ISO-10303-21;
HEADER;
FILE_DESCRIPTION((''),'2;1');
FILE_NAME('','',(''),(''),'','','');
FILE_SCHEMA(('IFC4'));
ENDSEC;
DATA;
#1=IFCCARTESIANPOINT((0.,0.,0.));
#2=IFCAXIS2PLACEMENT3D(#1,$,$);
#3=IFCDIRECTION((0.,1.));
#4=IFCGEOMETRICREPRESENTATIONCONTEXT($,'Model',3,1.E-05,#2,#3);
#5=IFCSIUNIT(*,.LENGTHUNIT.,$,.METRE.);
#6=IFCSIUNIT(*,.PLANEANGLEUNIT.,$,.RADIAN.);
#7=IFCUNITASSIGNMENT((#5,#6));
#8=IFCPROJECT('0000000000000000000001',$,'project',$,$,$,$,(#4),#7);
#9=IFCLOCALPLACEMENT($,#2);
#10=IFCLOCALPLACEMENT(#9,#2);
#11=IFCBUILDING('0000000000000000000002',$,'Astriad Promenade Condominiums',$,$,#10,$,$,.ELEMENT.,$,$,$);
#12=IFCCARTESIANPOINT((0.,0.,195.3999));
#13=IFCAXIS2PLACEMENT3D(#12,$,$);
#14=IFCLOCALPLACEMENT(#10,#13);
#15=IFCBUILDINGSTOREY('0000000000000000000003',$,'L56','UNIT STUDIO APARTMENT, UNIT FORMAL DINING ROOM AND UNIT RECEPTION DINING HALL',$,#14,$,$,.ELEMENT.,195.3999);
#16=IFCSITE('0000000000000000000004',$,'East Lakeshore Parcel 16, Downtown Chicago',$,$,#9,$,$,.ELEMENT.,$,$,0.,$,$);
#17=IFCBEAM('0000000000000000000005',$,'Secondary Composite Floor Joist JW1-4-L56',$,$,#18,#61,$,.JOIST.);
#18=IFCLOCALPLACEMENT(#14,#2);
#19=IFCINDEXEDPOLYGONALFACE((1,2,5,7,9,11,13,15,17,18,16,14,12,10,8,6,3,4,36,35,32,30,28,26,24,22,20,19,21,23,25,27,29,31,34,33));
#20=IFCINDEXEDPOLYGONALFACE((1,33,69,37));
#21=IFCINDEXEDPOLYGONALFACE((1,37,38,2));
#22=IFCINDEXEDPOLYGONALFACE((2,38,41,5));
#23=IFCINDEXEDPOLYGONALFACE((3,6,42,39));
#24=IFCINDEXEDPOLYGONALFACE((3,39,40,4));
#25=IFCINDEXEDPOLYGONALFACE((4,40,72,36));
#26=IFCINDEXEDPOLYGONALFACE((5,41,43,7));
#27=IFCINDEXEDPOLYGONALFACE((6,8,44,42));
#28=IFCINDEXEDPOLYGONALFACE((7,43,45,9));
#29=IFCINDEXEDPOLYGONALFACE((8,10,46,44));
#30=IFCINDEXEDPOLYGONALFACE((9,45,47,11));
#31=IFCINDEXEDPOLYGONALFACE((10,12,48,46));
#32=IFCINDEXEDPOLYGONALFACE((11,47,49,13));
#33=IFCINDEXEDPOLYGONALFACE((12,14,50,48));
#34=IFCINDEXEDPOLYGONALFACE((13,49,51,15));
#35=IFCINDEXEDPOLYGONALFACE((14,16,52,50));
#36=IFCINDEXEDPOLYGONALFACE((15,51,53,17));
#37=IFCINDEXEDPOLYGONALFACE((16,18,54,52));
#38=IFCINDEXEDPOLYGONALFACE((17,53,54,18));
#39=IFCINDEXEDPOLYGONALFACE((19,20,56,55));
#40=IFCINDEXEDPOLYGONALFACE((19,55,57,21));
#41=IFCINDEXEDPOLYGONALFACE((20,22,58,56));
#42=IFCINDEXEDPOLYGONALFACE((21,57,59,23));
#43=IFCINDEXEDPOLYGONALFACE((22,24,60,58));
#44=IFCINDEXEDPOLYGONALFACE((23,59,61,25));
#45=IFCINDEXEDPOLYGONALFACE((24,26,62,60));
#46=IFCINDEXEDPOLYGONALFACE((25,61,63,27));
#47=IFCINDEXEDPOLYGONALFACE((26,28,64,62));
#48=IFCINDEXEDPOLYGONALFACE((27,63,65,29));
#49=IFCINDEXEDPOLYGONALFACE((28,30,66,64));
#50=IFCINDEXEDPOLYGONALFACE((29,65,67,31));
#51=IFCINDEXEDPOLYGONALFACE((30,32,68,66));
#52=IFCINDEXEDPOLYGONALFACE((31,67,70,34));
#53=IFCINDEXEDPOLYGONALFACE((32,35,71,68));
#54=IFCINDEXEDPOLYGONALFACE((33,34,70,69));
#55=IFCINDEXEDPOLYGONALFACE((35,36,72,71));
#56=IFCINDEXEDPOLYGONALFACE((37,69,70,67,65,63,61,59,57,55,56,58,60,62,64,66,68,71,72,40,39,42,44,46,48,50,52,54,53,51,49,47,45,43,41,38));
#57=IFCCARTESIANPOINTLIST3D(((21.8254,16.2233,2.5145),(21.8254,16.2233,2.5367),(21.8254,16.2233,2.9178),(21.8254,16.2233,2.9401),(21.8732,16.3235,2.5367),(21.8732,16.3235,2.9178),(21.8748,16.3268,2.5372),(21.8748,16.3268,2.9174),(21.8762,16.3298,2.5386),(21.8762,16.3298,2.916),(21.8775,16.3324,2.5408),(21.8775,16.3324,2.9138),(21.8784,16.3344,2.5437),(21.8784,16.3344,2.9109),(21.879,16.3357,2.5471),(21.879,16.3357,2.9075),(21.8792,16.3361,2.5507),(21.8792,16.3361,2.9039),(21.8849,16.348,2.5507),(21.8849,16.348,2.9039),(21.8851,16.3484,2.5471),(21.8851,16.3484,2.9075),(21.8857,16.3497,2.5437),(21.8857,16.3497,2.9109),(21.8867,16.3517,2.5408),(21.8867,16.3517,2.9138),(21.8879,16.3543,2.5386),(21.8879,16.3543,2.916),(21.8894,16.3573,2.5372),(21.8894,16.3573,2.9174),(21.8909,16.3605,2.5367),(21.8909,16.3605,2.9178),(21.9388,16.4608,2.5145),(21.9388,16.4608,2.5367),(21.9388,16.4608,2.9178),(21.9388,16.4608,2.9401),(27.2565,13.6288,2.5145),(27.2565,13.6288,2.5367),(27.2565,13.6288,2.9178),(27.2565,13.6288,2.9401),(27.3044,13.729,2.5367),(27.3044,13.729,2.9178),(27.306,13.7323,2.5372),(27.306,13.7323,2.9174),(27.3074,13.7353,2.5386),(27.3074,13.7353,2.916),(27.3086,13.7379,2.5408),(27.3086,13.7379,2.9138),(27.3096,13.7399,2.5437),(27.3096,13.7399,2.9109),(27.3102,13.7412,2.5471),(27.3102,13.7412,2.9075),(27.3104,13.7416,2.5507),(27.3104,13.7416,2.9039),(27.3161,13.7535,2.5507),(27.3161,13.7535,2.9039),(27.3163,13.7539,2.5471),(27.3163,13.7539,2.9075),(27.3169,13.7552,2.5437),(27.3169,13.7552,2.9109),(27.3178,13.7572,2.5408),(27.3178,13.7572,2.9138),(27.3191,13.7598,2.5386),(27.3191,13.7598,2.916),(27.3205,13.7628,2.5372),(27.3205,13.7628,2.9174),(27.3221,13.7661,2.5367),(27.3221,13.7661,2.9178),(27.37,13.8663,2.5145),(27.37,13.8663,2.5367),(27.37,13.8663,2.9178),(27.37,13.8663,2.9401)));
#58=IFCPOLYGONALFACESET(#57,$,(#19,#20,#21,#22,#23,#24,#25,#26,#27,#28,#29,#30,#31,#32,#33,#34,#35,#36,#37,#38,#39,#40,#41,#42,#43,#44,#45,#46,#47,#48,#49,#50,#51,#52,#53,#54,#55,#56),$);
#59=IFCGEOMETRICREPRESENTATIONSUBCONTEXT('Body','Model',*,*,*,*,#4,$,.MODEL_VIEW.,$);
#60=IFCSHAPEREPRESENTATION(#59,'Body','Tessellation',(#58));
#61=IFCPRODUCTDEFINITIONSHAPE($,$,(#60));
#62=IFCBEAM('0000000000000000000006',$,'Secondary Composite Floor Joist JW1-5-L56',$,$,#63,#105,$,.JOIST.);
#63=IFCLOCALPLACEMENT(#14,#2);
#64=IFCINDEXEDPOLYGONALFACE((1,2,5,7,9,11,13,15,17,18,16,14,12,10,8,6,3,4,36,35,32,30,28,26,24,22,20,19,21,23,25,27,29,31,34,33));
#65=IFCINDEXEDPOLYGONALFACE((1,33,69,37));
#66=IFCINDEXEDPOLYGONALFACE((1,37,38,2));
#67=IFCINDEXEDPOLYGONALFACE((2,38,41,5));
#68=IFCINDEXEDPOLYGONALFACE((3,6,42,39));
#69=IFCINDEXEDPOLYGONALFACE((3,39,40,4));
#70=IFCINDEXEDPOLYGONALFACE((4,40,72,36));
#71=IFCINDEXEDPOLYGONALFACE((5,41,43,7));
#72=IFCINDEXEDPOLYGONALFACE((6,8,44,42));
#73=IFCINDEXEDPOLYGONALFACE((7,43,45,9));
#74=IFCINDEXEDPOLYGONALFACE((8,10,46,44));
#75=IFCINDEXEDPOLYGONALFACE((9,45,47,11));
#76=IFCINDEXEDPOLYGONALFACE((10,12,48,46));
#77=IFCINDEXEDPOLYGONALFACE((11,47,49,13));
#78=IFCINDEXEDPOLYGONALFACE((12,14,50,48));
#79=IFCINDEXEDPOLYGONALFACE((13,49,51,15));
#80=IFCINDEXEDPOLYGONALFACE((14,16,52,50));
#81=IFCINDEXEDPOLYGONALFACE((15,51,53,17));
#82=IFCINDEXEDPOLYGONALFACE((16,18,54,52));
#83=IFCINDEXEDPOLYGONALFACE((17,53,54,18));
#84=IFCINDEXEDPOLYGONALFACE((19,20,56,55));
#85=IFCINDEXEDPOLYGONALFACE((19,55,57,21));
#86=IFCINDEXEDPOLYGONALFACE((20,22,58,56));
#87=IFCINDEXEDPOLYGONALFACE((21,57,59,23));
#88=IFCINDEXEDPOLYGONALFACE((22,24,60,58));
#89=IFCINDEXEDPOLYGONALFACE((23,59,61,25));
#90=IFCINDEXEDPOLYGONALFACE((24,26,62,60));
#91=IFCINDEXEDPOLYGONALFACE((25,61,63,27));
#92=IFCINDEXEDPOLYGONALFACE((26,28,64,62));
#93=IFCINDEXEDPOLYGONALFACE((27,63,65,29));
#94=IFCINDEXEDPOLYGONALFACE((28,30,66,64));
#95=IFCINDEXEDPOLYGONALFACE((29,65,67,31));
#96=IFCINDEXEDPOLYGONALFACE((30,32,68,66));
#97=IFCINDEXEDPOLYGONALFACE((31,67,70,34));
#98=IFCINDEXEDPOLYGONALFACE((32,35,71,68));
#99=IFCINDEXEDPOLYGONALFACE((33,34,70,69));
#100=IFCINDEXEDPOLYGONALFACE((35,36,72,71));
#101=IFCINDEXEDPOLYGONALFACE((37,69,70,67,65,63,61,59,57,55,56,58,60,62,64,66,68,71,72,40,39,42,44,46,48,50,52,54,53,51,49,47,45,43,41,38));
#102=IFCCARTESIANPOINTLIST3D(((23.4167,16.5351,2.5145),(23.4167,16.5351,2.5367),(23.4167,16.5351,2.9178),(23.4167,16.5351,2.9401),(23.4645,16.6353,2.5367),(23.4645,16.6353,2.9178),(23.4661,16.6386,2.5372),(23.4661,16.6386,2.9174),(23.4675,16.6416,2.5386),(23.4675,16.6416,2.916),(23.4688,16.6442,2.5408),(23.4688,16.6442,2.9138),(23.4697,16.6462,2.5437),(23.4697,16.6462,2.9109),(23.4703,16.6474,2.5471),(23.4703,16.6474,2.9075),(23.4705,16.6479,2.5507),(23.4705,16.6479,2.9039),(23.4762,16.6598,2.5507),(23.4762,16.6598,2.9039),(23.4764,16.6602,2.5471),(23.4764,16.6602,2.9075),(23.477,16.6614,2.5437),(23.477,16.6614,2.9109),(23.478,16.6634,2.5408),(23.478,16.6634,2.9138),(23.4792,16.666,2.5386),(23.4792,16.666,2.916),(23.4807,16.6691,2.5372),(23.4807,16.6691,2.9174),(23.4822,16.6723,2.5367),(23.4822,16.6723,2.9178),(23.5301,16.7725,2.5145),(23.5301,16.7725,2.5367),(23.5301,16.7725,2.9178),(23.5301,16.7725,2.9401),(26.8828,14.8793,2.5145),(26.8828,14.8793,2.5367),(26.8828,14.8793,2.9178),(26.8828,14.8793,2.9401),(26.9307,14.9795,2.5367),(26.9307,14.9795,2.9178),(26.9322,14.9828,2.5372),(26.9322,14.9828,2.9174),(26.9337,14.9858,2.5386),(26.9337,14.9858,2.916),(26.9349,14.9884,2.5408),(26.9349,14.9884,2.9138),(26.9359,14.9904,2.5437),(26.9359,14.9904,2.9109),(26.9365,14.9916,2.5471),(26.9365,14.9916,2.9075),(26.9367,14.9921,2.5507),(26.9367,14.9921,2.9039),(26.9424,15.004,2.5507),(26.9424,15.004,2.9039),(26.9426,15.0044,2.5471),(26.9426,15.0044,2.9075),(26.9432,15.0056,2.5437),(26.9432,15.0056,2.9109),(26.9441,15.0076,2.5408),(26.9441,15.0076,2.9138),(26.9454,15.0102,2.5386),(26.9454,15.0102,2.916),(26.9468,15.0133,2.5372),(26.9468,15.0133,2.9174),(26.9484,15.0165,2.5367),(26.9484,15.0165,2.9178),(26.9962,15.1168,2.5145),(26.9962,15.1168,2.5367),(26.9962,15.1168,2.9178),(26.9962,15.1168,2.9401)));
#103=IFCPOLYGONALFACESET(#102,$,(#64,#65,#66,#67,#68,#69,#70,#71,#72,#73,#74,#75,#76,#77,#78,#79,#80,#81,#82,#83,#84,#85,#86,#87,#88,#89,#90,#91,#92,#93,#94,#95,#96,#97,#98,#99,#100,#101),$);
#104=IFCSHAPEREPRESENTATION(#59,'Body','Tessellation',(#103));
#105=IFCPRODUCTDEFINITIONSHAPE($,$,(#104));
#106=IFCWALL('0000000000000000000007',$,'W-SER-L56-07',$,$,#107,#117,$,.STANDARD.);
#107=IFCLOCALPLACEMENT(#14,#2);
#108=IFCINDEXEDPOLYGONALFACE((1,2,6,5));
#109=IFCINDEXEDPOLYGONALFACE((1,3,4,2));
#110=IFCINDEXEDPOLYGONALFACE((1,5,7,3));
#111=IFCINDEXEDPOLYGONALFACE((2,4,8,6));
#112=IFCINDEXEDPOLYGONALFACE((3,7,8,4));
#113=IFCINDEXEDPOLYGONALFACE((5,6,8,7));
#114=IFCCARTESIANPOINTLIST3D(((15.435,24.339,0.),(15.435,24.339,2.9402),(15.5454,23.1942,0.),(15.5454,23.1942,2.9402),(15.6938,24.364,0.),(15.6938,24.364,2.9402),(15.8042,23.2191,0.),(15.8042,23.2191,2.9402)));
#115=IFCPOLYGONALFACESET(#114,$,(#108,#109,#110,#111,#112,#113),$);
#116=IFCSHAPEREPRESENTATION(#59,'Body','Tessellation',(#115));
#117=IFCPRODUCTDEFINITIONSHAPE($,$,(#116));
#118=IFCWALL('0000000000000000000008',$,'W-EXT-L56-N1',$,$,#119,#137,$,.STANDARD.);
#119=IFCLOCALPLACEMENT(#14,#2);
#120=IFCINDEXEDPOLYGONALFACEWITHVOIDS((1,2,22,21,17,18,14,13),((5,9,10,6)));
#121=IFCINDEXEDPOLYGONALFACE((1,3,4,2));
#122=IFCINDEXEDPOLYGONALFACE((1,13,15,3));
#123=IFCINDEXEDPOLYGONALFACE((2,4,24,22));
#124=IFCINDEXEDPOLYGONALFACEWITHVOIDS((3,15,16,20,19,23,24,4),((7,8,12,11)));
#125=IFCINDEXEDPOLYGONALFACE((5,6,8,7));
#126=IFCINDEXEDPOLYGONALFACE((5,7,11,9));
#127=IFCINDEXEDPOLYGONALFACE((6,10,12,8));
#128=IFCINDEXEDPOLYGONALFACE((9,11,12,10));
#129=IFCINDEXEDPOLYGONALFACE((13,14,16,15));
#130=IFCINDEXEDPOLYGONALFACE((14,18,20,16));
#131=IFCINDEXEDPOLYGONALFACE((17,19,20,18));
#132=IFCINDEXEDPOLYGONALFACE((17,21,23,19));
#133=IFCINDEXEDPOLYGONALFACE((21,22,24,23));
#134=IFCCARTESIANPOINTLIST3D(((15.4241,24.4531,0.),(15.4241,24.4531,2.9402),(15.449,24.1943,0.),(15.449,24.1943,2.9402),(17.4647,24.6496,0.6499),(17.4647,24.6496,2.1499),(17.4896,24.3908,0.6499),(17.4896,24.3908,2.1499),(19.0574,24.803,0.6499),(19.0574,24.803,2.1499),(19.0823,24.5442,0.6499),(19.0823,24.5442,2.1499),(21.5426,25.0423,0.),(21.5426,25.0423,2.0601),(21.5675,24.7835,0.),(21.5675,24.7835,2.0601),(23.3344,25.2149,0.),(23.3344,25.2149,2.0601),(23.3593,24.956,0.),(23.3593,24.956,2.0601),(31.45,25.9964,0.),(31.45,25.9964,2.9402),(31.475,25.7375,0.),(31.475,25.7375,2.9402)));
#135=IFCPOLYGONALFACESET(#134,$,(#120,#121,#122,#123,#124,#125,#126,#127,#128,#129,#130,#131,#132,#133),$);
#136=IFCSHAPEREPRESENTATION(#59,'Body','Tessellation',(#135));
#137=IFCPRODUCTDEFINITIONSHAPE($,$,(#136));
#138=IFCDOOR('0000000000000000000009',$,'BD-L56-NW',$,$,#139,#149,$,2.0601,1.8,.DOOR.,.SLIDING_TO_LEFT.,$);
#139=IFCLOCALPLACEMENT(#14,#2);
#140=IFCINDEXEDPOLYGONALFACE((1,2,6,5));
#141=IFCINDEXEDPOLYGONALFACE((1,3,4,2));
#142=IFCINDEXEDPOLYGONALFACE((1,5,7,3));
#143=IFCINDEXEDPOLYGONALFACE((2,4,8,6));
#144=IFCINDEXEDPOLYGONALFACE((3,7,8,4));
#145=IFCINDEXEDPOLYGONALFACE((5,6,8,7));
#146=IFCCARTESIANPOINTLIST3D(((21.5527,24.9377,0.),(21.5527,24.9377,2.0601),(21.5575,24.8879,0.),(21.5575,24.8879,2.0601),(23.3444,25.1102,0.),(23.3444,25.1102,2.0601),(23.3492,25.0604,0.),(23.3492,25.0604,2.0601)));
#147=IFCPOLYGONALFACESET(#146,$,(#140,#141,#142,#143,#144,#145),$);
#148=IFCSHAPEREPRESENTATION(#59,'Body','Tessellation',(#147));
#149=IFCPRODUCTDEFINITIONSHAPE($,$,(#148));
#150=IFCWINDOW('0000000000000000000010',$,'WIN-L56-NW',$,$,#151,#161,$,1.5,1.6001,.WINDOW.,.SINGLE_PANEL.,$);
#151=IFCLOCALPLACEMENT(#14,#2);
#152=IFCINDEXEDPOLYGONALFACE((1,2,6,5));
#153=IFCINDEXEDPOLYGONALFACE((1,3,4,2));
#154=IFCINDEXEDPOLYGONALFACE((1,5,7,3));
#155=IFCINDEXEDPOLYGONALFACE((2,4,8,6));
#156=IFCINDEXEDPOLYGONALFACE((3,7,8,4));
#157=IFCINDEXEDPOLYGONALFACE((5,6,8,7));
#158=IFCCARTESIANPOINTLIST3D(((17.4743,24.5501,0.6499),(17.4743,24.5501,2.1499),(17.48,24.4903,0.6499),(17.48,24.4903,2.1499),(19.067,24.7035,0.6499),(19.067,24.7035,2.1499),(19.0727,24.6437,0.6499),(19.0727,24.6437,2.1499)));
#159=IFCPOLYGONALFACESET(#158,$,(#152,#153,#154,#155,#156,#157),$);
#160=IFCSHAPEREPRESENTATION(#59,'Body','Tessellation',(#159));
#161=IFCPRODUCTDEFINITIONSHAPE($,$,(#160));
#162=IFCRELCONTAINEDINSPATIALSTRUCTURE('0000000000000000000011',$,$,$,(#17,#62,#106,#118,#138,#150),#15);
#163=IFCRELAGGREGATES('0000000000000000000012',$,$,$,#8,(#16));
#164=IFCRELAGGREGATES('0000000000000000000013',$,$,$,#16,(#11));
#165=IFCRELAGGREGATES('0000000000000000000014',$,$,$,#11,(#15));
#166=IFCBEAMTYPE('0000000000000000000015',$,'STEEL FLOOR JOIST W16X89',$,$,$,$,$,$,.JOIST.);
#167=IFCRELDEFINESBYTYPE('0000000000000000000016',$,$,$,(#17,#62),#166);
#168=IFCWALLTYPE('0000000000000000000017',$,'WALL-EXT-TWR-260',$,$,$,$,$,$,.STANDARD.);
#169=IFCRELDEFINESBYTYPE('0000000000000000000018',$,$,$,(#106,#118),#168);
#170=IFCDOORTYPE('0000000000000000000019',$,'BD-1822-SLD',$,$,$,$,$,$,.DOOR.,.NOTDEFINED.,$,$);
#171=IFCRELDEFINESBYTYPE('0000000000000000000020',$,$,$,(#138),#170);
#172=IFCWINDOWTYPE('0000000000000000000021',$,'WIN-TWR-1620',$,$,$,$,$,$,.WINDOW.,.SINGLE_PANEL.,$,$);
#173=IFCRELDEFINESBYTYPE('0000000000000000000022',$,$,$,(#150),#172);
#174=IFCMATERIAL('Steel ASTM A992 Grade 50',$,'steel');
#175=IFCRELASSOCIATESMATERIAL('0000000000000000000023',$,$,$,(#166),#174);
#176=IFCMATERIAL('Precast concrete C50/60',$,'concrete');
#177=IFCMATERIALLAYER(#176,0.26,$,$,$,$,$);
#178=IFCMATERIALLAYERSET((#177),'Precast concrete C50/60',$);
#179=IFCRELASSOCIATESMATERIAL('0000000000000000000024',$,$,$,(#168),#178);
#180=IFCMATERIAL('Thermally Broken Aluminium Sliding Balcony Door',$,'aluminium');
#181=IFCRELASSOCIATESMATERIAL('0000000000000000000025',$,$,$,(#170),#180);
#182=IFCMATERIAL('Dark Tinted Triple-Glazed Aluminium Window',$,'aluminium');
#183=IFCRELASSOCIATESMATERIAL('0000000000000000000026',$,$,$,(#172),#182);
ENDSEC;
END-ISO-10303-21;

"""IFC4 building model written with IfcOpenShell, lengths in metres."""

from ifc_helpers import new_model, si_unit, direction, frame, frame_2d, origin, origin_2d, place, context, subcontext, project, spatial, rectangle, i_section, extrude, source, transform, mapped, material, layer, layer_set, material_profile, profile_set, type_object, type_shapes, element, fill, save


model = new_model("IFC4")

# Units and contexts
model_context = context("Model", 3, precision=1e-05, world=origin(), true_north=direction((0.0, 1.0)))
body_context = subcontext(model_context, "Body", "Model", "MODEL_VIEW")
ifc_project = project(units=[si_unit("LENGTHUNIT", "METRE"), si_unit("PLANEANGLEUNIT", "RADIAN")], contexts=[model_context])

# Site, building, storey
site_placement = place(None, origin())
site = spatial("IfcSite", under=ifc_project, at=site_placement, Name="East Lakeshore Parcel 16, Downtown Chicago", CompositionType="ELEMENT", RefElevation=0.0)
building_placement = place(site_placement, origin())
building = spatial("IfcBuilding", under=site, at=building_placement, Name="Astriad Promenade Condominiums", CompositionType="ELEMENT")
storey_placement = place(building_placement, frame((0.0, 0.0, 195.3999)))
storey = spatial("IfcBuildingStorey", under=building, at=storey_placement, Name="L56", Description="UNIT STUDIO APARTMENT, UNIT FORMAL DINING ROOM AND UNIT RECEPTION DINING HALL", CompositionType="ELEMENT", Elevation=195.3999)

# Beams
ifc_material_1 = material(Name="Steel ASTM A992 Grade 50", Category="steel")
ifc_material_profile_1 = material_profile(ifc_material_1, i_section(OverallWidth=0.2632, OverallDepth=0.4255, WebThickness=0.0132, FlangeThickness=0.0222, FilletRadius=0.0139, at=origin_2d()), Name="W16X89")
ifc_profile_set_1 = profile_set([ifc_material_profile_1], Name="Steel ASTM A992 Grade 50")
beam_type_1 = type_object("IfcBeamType", Name="STEEL FLOOR JOIST W16X89", PredefinedType="JOIST", material=ifc_profile_set_1)
shared_shape_1 = source(origin(), body_context, "Body", "SweptSolid", [
    extrude(i_section(OverallWidth=0.2632, OverallDepth=0.4255, WebThickness=0.0132, FlangeThickness=0.0222, FilletRadius=0.0139, at=origin_2d()), origin(), (0.0, 0.0, 1.0), 6.019),
])
beam_1_placement = place(storey_placement, frame((21.8821, 16.342, 2.7273), z_axis=(0.90233, -0.431046, 0.0), x_axis=(0.431046, 0.90233, 0.0)))
element("IfcBeam", 1, at=beam_1_placement, inside=storey, type_object=beam_type_1, Name="Secondary Composite Floor Joist JW1-4-L56", PredefinedType="JOIST", context=body_context, shape_type="MappedRepresentation", body=[
    mapped(shared_shape_1, transform((0.0, 0.0, 0.0), scale=1.0)),
])
shared_shape_2 = source(origin(), body_context, "Body", "SweptSolid", [
    extrude(i_section(OverallWidth=0.2632, OverallDepth=0.4255, WebThickness=0.0132, FlangeThickness=0.0222, FilletRadius=0.0139, at=origin_2d()), origin(), (0.0, 0.0, 1.0), 3.8413),
])
beam_2_placement = place(storey_placement, frame((23.4734, 16.6538, 2.7273), z_axis=(0.902329, -0.431048, 0.0), x_axis=(0.431048, 0.902329, 0.0)))
element("IfcBeam", 2, at=beam_2_placement, inside=storey, type_object=beam_type_1, Name="Secondary Composite Floor Joist JW1-5-L56", PredefinedType="JOIST", context=body_context, shape_type="MappedRepresentation", body=[
    mapped(shared_shape_2, transform((0.0, 0.0, 0.0), scale=1.0)),
])

# Wall
ifc_material_2 = material(Name="Precast concrete C50/60", Category="concrete")
ifc_layer_1 = layer(ifc_material_2, 0.26)
ifc_layer_set_1 = layer_set([ifc_layer_1], Name="Precast concrete C50/60")
wall_type_1 = type_object("IfcWallType", Name="WALL-EXT-TWR-260", PredefinedType="STANDARD", material=ifc_layer_set_1)
wall_1_placement = place(storey_placement, frame((15.6748, 23.2065, 0.0), z_axis=(0.0, 0.0, 1.0), x_axis=(-0.095951, 0.995386, 0.0)))
element("IfcWall", 3, at=wall_1_placement, inside=storey, type_object=wall_type_1, Name="W-SER-L56-07", PredefinedType="STANDARD", context=body_context, shape_type="SweptSolid", body=[
    extrude(rectangle(XDim=1.1501, YDim=0.26, at=frame_2d((0.5752, 0.0))), origin(), (0.0, 0.0, 1.0), 2.9402),
])

# Wall, openings, door, window
wall_2_placement = place(storey_placement, frame((15.4365, 24.3237, 0.0), z_axis=(0.0, 0.0, 1.0), x_axis=(0.995396, 0.095852, 0.0)))
wall_2 = element("IfcWall", 4, at=wall_2_placement, inside=storey, type_object=wall_type_1, Name="W-EXT-L56-N1", PredefinedType="STANDARD", context=body_context, shape_type="SweptSolid", body=[
    extrude(rectangle(XDim=16.1001, YDim=0.26, at=frame_2d((8.05, 0.0))), origin(), (0.0, 0.0, 1.0), 2.9402),
])
opening_1_placement = place(wall_2_placement, frame((6.147, 0.0, 0.0)))
opening_1 = element("IfcOpeningElement", 5, at=opening_1_placement, cuts=wall_2, PredefinedType="OPENING", context=body_context, shape_type="SweptSolid", body=[
    extrude(rectangle(XDim=1.8, YDim=2.0601, at=frame_2d((0.8999, 1.03))), frame((0.0, 0.1399, 0.0), z_axis=(0.0, -1.0, 0.0), x_axis=(1.0, 0.0, 0.0)), (0.0, 0.0, 1.0), 0.28),
])
opening_2_placement = place(wall_2_placement, frame((2.05, 0.0, 0.6499)))
opening_2 = element("IfcOpeningElement", 6, at=opening_2_placement, cuts=wall_2, PredefinedType="OPENING", context=body_context, shape_type="SweptSolid", body=[
    extrude(rectangle(XDim=1.6001, YDim=1.5, at=frame_2d((0.8, 0.75))), frame((0.0, 0.1399, 0.0), z_axis=(0.0, -1.0, 0.0), x_axis=(1.0, 0.0, 0.0)), (0.0, 0.0, 1.0), 0.28),
])
ifc_material_3 = material(Name="Thermally Broken Aluminium Sliding Balcony Door", Category="aluminium")
door_type_1 = type_object("IfcDoorType", Name="BD-1822-SLD", OperationType="NOTDEFINED", PredefinedType="DOOR", material=ifc_material_3)
shared_shape_3 = source(origin(), body_context, "Body", "SweptSolid", [
    extrude(rectangle(XDim=1.8, YDim=2.0601, at=frame_2d((0.8999, 1.03))), frame((0.0, 0.0249, 0.0), z_axis=(0.0, -1.0, 0.0), x_axis=(1.0, 0.0, 0.0)), (0.0, 0.0, 1.0), 0.05),
])
type_shapes(door_type_1, [shared_shape_3])
door_1_placement = place(opening_1_placement, origin())
door_1 = element("IfcDoor", 7, at=door_1_placement, inside=storey, type_object=door_type_1, Name="BD-L56-NW", OperationType="SLIDING_TO_LEFT", OverallHeight=2.0601, OverallWidth=1.8, PredefinedType="DOOR", context=body_context, shape_type="MappedRepresentation", body=[
    mapped(shared_shape_3, transform((0.0, 0.0, 0.0), scale=1.0)),
])
fill(opening_1, door_1)
ifc_material_4 = material(Name="Dark Tinted Triple-Glazed Aluminium Window", Category="aluminium")
window_type = type_object("IfcWindowType", Name="WIN-TWR-1620", PartitioningType="SINGLE_PANEL", PredefinedType="WINDOW", material=ifc_material_4)
shared_shape_4 = source(origin(), body_context, "Body", "SweptSolid", [
    extrude(rectangle(XDim=1.6001, YDim=1.5, at=frame_2d((0.8, 0.75))), frame((0.0, 0.03, 0.0), z_axis=(0.0, -1.0, 0.0), x_axis=(1.0, 0.0, 0.0)), (0.0, 0.0, 1.0), 0.0601),
])
type_shapes(window_type, [shared_shape_4])
window_placement = place(opening_2_placement, origin())
window = element("IfcWindow", 8, at=window_placement, inside=storey, type_object=window_type, Name="WIN-L56-NW", OverallHeight=1.5, OverallWidth=1.6001, PartitioningType="SINGLE_PANEL", PredefinedType="WINDOW", context=body_context, shape_type="MappedRepresentation", body=[
    mapped(shared_shape_4, transform((0.0, 0.0, 0.0), scale=1.0)),
])
fill(opening_2, window)

save(model, "model.ifc")
